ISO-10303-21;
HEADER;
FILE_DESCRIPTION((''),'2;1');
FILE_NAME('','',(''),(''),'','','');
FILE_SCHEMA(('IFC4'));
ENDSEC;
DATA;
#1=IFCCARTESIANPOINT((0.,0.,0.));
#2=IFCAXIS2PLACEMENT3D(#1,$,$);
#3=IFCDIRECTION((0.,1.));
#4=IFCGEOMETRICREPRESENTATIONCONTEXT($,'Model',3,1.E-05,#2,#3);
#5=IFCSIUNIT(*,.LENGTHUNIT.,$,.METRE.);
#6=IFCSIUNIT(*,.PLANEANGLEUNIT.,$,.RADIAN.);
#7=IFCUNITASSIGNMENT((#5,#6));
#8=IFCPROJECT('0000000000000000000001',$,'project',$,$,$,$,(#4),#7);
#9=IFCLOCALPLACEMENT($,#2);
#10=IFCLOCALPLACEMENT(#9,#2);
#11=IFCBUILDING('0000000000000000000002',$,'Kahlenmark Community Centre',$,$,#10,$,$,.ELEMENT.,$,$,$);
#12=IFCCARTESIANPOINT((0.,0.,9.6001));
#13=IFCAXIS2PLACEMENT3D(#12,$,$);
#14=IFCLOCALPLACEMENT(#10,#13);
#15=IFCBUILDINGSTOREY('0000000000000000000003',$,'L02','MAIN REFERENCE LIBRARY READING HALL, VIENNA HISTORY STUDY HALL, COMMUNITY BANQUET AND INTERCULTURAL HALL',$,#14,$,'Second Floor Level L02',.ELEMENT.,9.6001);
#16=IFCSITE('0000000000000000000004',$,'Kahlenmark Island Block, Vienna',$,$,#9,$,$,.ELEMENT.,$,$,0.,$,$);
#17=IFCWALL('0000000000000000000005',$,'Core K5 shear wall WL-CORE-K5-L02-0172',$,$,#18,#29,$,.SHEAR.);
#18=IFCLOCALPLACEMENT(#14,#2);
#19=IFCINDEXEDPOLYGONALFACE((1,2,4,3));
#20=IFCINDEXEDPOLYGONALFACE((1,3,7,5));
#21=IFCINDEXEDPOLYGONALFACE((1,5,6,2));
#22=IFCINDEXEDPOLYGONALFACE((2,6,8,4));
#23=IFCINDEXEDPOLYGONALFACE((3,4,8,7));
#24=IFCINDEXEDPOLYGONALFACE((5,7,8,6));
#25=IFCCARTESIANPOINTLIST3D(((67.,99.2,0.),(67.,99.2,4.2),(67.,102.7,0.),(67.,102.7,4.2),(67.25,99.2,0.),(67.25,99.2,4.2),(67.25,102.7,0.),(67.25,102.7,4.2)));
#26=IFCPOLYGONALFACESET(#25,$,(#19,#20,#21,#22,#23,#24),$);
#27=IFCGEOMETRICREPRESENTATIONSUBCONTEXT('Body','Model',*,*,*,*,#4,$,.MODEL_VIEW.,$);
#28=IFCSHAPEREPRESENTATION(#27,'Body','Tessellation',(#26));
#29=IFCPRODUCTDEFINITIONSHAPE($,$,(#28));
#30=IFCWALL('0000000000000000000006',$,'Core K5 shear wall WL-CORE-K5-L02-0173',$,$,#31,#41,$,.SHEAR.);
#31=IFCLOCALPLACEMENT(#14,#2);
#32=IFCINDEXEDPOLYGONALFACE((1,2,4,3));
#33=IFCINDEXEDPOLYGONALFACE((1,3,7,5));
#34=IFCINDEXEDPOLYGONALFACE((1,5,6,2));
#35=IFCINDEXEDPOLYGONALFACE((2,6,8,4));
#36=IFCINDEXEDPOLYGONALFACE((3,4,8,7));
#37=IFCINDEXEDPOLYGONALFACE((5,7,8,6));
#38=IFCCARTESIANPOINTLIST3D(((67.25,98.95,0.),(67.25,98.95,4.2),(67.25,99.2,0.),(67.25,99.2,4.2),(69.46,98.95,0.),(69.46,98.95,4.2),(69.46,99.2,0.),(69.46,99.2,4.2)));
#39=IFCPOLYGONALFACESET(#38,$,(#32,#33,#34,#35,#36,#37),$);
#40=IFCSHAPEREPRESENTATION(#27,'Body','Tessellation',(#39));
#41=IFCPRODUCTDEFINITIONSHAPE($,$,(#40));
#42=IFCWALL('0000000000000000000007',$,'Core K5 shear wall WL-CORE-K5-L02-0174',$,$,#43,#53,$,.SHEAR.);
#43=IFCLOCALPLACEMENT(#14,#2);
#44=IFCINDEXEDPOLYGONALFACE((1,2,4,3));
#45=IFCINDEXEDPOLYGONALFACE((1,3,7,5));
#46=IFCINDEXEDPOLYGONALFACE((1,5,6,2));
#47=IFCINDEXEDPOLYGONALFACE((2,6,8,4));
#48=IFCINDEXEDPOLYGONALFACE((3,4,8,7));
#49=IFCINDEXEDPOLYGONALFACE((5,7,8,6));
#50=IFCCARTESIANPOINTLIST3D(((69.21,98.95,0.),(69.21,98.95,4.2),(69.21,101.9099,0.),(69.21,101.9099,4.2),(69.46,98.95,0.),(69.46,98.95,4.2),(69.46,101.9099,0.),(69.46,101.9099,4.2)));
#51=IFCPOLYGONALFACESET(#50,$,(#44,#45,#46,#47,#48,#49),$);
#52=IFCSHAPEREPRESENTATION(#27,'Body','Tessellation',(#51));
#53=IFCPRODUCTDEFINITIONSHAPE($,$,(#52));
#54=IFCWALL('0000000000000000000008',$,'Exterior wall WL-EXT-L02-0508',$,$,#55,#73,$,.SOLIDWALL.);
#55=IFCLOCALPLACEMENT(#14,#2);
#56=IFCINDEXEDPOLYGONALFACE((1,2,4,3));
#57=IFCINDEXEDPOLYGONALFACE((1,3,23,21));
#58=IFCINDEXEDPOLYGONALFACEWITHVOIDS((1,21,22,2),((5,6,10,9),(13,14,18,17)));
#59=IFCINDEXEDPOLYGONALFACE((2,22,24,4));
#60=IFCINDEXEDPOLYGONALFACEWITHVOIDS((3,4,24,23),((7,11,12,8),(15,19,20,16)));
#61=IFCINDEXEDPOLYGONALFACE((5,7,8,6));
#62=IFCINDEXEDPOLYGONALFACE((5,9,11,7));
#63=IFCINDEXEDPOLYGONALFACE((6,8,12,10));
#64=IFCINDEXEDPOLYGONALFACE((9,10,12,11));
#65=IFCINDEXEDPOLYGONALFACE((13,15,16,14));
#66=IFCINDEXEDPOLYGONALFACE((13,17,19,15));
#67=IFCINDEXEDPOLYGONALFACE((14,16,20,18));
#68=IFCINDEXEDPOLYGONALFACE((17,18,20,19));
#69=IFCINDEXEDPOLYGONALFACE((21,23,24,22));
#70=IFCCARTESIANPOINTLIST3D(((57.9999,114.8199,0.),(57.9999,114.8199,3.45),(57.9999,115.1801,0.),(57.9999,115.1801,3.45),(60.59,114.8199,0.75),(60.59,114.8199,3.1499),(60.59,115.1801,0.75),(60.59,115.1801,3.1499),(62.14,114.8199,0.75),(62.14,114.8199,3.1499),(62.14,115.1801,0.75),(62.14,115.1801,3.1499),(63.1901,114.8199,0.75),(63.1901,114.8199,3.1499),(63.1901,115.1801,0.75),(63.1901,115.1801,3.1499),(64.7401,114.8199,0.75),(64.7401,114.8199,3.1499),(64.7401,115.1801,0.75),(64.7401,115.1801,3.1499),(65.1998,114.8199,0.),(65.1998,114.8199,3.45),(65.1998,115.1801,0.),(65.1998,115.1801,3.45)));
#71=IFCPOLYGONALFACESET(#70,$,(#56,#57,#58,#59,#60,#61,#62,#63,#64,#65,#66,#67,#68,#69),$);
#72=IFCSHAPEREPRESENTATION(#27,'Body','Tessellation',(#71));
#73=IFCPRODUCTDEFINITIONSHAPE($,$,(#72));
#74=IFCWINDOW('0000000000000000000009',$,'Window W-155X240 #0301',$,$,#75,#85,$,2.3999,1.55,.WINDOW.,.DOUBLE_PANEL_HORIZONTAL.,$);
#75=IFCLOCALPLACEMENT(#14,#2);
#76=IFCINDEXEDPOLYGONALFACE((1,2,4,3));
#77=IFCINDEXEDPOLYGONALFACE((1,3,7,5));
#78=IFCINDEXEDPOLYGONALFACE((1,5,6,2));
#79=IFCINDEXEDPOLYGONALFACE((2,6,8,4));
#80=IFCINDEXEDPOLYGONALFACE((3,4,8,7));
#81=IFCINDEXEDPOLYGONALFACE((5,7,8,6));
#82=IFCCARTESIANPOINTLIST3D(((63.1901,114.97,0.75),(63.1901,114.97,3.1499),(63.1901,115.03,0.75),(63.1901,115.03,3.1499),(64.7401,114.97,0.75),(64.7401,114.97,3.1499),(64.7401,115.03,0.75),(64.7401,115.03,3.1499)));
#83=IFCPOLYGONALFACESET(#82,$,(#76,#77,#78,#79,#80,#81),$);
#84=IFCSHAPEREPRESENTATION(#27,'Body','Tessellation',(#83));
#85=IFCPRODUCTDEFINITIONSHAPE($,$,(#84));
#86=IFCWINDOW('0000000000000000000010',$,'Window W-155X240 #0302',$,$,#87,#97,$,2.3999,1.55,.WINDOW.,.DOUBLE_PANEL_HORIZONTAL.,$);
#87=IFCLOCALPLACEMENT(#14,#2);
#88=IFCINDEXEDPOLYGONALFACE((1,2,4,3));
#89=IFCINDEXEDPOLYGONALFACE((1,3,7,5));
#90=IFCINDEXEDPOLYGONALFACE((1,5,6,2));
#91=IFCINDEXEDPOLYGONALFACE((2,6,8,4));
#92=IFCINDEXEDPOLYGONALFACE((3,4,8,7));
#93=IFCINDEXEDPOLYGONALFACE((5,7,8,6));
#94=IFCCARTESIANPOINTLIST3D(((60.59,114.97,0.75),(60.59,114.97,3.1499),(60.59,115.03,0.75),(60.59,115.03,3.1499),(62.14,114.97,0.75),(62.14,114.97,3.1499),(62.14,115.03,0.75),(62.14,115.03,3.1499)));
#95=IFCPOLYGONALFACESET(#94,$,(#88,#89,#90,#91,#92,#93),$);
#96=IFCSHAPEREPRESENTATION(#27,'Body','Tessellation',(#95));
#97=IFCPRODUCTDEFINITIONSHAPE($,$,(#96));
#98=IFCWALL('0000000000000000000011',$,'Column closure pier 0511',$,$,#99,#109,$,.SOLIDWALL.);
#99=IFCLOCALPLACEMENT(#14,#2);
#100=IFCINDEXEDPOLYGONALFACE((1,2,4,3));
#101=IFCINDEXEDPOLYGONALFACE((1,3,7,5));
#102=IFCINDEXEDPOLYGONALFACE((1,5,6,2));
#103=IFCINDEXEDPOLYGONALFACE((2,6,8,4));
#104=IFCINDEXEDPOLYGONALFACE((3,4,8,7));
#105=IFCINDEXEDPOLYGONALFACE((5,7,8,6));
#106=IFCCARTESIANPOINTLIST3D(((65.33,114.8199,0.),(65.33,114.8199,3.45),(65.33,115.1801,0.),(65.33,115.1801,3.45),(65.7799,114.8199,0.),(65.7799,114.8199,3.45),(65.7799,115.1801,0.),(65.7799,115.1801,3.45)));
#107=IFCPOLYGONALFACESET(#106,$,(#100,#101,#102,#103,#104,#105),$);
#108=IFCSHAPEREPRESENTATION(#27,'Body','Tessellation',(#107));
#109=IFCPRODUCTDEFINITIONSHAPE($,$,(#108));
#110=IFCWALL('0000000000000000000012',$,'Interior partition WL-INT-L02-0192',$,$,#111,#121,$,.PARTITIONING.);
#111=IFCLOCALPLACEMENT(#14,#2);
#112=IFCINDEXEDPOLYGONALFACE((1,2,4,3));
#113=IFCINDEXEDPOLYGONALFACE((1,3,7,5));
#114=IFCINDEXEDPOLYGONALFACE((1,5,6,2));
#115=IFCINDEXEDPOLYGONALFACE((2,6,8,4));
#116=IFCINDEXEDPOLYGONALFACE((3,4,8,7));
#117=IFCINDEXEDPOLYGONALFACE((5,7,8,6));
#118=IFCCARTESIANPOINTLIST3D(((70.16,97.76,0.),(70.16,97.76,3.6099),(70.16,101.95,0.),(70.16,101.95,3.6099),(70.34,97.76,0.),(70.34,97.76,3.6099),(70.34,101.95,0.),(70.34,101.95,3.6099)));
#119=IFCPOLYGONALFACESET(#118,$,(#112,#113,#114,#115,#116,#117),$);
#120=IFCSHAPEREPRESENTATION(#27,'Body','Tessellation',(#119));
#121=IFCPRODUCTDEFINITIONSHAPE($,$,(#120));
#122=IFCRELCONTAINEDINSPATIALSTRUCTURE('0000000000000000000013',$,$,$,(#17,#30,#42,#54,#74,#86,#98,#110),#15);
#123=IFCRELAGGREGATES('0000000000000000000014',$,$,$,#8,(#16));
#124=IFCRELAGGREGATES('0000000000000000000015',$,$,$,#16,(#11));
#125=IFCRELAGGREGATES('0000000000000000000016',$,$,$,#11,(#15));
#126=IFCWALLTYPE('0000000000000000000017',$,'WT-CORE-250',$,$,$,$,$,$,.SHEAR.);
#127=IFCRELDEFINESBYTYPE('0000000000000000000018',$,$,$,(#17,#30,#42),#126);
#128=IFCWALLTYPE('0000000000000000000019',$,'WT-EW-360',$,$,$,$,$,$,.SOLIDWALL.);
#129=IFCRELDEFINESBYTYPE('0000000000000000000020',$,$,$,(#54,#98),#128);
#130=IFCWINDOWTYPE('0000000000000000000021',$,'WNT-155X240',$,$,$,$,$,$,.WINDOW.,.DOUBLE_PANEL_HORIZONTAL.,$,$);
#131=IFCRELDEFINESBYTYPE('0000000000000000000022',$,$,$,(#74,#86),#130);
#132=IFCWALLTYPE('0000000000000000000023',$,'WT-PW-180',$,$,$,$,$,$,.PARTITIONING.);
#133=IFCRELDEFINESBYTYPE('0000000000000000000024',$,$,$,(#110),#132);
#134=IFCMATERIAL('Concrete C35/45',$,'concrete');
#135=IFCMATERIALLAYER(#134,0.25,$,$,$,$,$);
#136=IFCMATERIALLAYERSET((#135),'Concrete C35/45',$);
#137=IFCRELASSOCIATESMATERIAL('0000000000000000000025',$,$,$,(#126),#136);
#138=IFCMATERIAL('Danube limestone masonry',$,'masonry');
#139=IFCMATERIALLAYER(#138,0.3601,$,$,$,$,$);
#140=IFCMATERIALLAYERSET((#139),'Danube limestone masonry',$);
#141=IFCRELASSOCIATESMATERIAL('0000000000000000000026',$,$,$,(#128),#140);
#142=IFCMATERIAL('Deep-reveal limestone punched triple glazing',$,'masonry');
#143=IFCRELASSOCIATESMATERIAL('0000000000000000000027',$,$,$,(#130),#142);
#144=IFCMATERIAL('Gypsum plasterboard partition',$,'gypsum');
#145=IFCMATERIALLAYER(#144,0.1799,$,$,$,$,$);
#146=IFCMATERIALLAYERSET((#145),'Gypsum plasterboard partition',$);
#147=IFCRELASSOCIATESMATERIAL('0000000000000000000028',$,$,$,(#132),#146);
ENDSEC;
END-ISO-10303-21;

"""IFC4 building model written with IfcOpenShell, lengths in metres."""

from ifc_helpers import new_model, si_unit, direction, frame, frame_2d, origin, place, context, subcontext, project, spatial, rectangle, extrude, material, layer, layer_set, type_object, element, fill, save


model = new_model("IFC4")

# Units and contexts
model_context = context("Model", 3, precision=1e-05, world=origin(), true_north=direction((0.0, 1.0)))
body_context = subcontext(model_context, "Body", "Model", "MODEL_VIEW")
ifc_project = project(units=[si_unit("LENGTHUNIT", "METRE"), si_unit("PLANEANGLEUNIT", "RADIAN")], contexts=[model_context])

# Site, building, storey
site_placement = place(None, origin())
site = spatial("IfcSite", under=ifc_project, at=site_placement, Name="Kahlenmark Island Block, Vienna", CompositionType="ELEMENT", RefElevation=0.0)
building_placement = place(site_placement, origin())
building = spatial("IfcBuilding", under=site, at=building_placement, Name="Kahlenmark Community Centre", CompositionType="ELEMENT")
storey_placement = place(building_placement, frame((0.0, 0.0, 9.6001)))
storey = spatial("IfcBuildingStorey", under=building, at=storey_placement, Name="L02", Description="MAIN REFERENCE LIBRARY READING HALL, VIENNA HISTORY STUDY HALL, COMMUNITY BANQUET AND INTERCULTURAL HALL", LongName="Second Floor Level L02", CompositionType="ELEMENT", Elevation=9.6001)

# Walls
ifc_material_1 = material(Name="Concrete C35/45", Category="concrete")
ifc_layer_1 = layer(ifc_material_1, 0.25)
ifc_layer_set_1 = layer_set([ifc_layer_1], Name="Concrete C35/45")
wall_type_1 = type_object("IfcWallType", Name="WT-CORE-250", PredefinedType="SHEAR", material=ifc_layer_set_1)
wall_1_placement = place(storey_placement, frame((67.125, 99.2, 0.0), z_axis=(0.0, 0.0, 1.0), x_axis=(0.0, 1.0, 0.0)))
element("IfcWall", 1, at=wall_1_placement, inside=storey, type_object=wall_type_1, Name="Core K5 shear wall WL-CORE-K5-L02-0172", PredefinedType="SHEAR", context=body_context, shape_type="SweptSolid", body=[
    extrude(rectangle(XDim=3.5, YDim=0.25, at=frame_2d((1.75, 0.0))), origin(), (0.0, 0.0, 1.0), 4.2),
])
wall_2_placement = place(storey_placement, frame((67.25, 99.075, 0.0), z_axis=(0.0, 0.0, 1.0), x_axis=(1.0, 0.0, 0.0)))
element("IfcWall", 2, at=wall_2_placement, inside=storey, type_object=wall_type_1, Name="Core K5 shear wall WL-CORE-K5-L02-0173", PredefinedType="SHEAR", context=body_context, shape_type="SweptSolid", body=[
    extrude(rectangle(XDim=2.21, YDim=0.25, at=frame_2d((1.105, 0.0))), origin(), (0.0, 0.0, 1.0), 4.2),
])
wall_3_placement = place(storey_placement, frame((69.335, 98.95, 0.0), z_axis=(0.0, 0.0, 1.0), x_axis=(0.0, 1.0, 0.0)))
element("IfcWall", 3, at=wall_3_placement, inside=storey, type_object=wall_type_1, Name="Core K5 shear wall WL-CORE-K5-L02-0174", PredefinedType="SHEAR", context=body_context, shape_type="SweptSolid", body=[
    extrude(rectangle(XDim=2.96, YDim=0.25, at=frame_2d((1.48, 0.0))), origin(), (0.0, 0.0, 1.0), 4.2),
])

# Wall, openings, windows
ifc_material_2 = material(Name="Danube limestone masonry", Category="masonry")
ifc_layer_2 = layer(ifc_material_2, 0.3601)
ifc_layer_set_2 = layer_set([ifc_layer_2], Name="Danube limestone masonry")
wall_type_2 = type_object("IfcWallType", Name="WT-EW-360", PredefinedType="SOLIDWALL", material=ifc_layer_set_2)
wall_4_placement = place(storey_placement, frame((65.2, 115.0, 0.0), z_axis=(0.0, 0.0, 1.0), x_axis=(-1.0, 0.0, 0.0)))
wall_4 = element("IfcWall", 4, at=wall_4_placement, inside=storey, type_object=wall_type_2, Name="Exterior wall WL-EXT-L02-0508", PredefinedType="SOLIDWALL", context=body_context, shape_type="SweptSolid", body=[
    extrude(rectangle(XDim=7.2, YDim=0.3601, at=frame_2d((3.6001, 0.0))), origin(), (0.0, 0.0, 1.0), 3.45),
])
opening_1_placement = place(wall_4_placement, frame((0.46, 0.0, 0.75)))
opening_1 = element("IfcOpeningElement", 5, at=opening_1_placement, cuts=wall_4, PredefinedType="OPENING", context=body_context, shape_type="SweptSolid", body=[
    extrude(rectangle(XDim=1.55, YDim=2.3999, at=frame_2d((0.7749, 1.2))), frame((0.0, 0.1899, 0.0), z_axis=(0.0, -1.0, 0.0), x_axis=(1.0, 0.0, 0.0)), (0.0, 0.0, 1.0), 0.3801),
])
opening_2_placement = place(wall_4_placement, frame((3.0601, 0.0, 0.75)))
opening_2 = element("IfcOpeningElement", 6, at=opening_2_placement, cuts=wall_4, PredefinedType="OPENING", context=body_context, shape_type="SweptSolid", body=[
    extrude(rectangle(XDim=1.55, YDim=2.3999, at=frame_2d((0.7749, 1.2))), frame((0.0, 0.1899, 0.0), z_axis=(0.0, -1.0, 0.0), x_axis=(1.0, 0.0, 0.0)), (0.0, 0.0, 1.0), 0.3801),
])
ifc_material_3 = material(Name="Deep-reveal limestone punched triple glazing", Category="masonry")
window_type = type_object("IfcWindowType", Name="WNT-155X240", PartitioningType="DOUBLE_PANEL_HORIZONTAL", PredefinedType="WINDOW", material=ifc_material_3)
window_1_placement = place(opening_1_placement, origin())
window_1 = element("IfcWindow", 7, at=window_1_placement, inside=storey, type_object=window_type, Name="Window W-155X240 #0301", OverallHeight=2.3999, OverallWidth=1.55, PartitioningType="DOUBLE_PANEL_HORIZONTAL", PredefinedType="WINDOW", context=body_context, shape_type="SweptSolid", body=[
    extrude(rectangle(XDim=1.55, YDim=2.3999, at=frame_2d((0.7749, 1.2))), frame((0.0, 0.03, 0.0), z_axis=(0.0, -1.0, 0.0), x_axis=(1.0, 0.0, 0.0)), (0.0, 0.0, 1.0), 0.0601),
])
fill(opening_1, window_1)
window_2_placement = place(opening_2_placement, origin())
window_2 = element("IfcWindow", 8, at=window_2_placement, inside=storey, type_object=window_type, Name="Window W-155X240 #0302", OverallHeight=2.3999, OverallWidth=1.55, PartitioningType="DOUBLE_PANEL_HORIZONTAL", PredefinedType="WINDOW", context=body_context, shape_type="SweptSolid", body=[
    extrude(rectangle(XDim=1.55, YDim=2.3999, at=frame_2d((0.7749, 1.2))), frame((0.0, 0.03, 0.0), z_axis=(0.0, -1.0, 0.0), x_axis=(1.0, 0.0, 0.0)), (0.0, 0.0, 1.0), 0.0601),
])
fill(opening_2, window_2)

# Walls
wall_5_placement = place(storey_placement, frame((65.78, 115.0, 0.0), z_axis=(0.0, 0.0, 1.0), x_axis=(-1.0, 0.0, 0.0)))
element("IfcWall", 9, at=wall_5_placement, inside=storey, type_object=wall_type_2, Name="Column closure pier 0511", PredefinedType="SOLIDWALL", context=body_context, shape_type="SweptSolid", body=[
    extrude(rectangle(XDim=0.45, YDim=0.3601, at=frame_2d((0.2251, 0.0))), origin(), (0.0, 0.0, 1.0), 3.45),
])
ifc_material_4 = material(Name="Gypsum plasterboard partition", Category="gypsum")
ifc_layer_3 = layer(ifc_material_4, 0.1799)
ifc_layer_set_3 = layer_set([ifc_layer_3], Name="Gypsum plasterboard partition")
wall_type_3 = type_object("IfcWallType", Name="WT-PW-180", PredefinedType="PARTITIONING", material=ifc_layer_set_3)
wall_6_placement = place(storey_placement, frame((70.25, 97.76, 0.0), z_axis=(0.0, 0.0, 1.0), x_axis=(0.0, 1.0, 0.0)))
element("IfcWall", 10, at=wall_6_placement, inside=storey, type_object=wall_type_3, Name="Interior partition WL-INT-L02-0192", PredefinedType="PARTITIONING", context=body_context, shape_type="SweptSolid", body=[
    extrude(rectangle(XDim=4.1899, YDim=0.1799, at=frame_2d((2.095, 0.0))), origin(), (0.0, 0.0, 1.0), 3.6099),
])

save(model, "model.ifc")
